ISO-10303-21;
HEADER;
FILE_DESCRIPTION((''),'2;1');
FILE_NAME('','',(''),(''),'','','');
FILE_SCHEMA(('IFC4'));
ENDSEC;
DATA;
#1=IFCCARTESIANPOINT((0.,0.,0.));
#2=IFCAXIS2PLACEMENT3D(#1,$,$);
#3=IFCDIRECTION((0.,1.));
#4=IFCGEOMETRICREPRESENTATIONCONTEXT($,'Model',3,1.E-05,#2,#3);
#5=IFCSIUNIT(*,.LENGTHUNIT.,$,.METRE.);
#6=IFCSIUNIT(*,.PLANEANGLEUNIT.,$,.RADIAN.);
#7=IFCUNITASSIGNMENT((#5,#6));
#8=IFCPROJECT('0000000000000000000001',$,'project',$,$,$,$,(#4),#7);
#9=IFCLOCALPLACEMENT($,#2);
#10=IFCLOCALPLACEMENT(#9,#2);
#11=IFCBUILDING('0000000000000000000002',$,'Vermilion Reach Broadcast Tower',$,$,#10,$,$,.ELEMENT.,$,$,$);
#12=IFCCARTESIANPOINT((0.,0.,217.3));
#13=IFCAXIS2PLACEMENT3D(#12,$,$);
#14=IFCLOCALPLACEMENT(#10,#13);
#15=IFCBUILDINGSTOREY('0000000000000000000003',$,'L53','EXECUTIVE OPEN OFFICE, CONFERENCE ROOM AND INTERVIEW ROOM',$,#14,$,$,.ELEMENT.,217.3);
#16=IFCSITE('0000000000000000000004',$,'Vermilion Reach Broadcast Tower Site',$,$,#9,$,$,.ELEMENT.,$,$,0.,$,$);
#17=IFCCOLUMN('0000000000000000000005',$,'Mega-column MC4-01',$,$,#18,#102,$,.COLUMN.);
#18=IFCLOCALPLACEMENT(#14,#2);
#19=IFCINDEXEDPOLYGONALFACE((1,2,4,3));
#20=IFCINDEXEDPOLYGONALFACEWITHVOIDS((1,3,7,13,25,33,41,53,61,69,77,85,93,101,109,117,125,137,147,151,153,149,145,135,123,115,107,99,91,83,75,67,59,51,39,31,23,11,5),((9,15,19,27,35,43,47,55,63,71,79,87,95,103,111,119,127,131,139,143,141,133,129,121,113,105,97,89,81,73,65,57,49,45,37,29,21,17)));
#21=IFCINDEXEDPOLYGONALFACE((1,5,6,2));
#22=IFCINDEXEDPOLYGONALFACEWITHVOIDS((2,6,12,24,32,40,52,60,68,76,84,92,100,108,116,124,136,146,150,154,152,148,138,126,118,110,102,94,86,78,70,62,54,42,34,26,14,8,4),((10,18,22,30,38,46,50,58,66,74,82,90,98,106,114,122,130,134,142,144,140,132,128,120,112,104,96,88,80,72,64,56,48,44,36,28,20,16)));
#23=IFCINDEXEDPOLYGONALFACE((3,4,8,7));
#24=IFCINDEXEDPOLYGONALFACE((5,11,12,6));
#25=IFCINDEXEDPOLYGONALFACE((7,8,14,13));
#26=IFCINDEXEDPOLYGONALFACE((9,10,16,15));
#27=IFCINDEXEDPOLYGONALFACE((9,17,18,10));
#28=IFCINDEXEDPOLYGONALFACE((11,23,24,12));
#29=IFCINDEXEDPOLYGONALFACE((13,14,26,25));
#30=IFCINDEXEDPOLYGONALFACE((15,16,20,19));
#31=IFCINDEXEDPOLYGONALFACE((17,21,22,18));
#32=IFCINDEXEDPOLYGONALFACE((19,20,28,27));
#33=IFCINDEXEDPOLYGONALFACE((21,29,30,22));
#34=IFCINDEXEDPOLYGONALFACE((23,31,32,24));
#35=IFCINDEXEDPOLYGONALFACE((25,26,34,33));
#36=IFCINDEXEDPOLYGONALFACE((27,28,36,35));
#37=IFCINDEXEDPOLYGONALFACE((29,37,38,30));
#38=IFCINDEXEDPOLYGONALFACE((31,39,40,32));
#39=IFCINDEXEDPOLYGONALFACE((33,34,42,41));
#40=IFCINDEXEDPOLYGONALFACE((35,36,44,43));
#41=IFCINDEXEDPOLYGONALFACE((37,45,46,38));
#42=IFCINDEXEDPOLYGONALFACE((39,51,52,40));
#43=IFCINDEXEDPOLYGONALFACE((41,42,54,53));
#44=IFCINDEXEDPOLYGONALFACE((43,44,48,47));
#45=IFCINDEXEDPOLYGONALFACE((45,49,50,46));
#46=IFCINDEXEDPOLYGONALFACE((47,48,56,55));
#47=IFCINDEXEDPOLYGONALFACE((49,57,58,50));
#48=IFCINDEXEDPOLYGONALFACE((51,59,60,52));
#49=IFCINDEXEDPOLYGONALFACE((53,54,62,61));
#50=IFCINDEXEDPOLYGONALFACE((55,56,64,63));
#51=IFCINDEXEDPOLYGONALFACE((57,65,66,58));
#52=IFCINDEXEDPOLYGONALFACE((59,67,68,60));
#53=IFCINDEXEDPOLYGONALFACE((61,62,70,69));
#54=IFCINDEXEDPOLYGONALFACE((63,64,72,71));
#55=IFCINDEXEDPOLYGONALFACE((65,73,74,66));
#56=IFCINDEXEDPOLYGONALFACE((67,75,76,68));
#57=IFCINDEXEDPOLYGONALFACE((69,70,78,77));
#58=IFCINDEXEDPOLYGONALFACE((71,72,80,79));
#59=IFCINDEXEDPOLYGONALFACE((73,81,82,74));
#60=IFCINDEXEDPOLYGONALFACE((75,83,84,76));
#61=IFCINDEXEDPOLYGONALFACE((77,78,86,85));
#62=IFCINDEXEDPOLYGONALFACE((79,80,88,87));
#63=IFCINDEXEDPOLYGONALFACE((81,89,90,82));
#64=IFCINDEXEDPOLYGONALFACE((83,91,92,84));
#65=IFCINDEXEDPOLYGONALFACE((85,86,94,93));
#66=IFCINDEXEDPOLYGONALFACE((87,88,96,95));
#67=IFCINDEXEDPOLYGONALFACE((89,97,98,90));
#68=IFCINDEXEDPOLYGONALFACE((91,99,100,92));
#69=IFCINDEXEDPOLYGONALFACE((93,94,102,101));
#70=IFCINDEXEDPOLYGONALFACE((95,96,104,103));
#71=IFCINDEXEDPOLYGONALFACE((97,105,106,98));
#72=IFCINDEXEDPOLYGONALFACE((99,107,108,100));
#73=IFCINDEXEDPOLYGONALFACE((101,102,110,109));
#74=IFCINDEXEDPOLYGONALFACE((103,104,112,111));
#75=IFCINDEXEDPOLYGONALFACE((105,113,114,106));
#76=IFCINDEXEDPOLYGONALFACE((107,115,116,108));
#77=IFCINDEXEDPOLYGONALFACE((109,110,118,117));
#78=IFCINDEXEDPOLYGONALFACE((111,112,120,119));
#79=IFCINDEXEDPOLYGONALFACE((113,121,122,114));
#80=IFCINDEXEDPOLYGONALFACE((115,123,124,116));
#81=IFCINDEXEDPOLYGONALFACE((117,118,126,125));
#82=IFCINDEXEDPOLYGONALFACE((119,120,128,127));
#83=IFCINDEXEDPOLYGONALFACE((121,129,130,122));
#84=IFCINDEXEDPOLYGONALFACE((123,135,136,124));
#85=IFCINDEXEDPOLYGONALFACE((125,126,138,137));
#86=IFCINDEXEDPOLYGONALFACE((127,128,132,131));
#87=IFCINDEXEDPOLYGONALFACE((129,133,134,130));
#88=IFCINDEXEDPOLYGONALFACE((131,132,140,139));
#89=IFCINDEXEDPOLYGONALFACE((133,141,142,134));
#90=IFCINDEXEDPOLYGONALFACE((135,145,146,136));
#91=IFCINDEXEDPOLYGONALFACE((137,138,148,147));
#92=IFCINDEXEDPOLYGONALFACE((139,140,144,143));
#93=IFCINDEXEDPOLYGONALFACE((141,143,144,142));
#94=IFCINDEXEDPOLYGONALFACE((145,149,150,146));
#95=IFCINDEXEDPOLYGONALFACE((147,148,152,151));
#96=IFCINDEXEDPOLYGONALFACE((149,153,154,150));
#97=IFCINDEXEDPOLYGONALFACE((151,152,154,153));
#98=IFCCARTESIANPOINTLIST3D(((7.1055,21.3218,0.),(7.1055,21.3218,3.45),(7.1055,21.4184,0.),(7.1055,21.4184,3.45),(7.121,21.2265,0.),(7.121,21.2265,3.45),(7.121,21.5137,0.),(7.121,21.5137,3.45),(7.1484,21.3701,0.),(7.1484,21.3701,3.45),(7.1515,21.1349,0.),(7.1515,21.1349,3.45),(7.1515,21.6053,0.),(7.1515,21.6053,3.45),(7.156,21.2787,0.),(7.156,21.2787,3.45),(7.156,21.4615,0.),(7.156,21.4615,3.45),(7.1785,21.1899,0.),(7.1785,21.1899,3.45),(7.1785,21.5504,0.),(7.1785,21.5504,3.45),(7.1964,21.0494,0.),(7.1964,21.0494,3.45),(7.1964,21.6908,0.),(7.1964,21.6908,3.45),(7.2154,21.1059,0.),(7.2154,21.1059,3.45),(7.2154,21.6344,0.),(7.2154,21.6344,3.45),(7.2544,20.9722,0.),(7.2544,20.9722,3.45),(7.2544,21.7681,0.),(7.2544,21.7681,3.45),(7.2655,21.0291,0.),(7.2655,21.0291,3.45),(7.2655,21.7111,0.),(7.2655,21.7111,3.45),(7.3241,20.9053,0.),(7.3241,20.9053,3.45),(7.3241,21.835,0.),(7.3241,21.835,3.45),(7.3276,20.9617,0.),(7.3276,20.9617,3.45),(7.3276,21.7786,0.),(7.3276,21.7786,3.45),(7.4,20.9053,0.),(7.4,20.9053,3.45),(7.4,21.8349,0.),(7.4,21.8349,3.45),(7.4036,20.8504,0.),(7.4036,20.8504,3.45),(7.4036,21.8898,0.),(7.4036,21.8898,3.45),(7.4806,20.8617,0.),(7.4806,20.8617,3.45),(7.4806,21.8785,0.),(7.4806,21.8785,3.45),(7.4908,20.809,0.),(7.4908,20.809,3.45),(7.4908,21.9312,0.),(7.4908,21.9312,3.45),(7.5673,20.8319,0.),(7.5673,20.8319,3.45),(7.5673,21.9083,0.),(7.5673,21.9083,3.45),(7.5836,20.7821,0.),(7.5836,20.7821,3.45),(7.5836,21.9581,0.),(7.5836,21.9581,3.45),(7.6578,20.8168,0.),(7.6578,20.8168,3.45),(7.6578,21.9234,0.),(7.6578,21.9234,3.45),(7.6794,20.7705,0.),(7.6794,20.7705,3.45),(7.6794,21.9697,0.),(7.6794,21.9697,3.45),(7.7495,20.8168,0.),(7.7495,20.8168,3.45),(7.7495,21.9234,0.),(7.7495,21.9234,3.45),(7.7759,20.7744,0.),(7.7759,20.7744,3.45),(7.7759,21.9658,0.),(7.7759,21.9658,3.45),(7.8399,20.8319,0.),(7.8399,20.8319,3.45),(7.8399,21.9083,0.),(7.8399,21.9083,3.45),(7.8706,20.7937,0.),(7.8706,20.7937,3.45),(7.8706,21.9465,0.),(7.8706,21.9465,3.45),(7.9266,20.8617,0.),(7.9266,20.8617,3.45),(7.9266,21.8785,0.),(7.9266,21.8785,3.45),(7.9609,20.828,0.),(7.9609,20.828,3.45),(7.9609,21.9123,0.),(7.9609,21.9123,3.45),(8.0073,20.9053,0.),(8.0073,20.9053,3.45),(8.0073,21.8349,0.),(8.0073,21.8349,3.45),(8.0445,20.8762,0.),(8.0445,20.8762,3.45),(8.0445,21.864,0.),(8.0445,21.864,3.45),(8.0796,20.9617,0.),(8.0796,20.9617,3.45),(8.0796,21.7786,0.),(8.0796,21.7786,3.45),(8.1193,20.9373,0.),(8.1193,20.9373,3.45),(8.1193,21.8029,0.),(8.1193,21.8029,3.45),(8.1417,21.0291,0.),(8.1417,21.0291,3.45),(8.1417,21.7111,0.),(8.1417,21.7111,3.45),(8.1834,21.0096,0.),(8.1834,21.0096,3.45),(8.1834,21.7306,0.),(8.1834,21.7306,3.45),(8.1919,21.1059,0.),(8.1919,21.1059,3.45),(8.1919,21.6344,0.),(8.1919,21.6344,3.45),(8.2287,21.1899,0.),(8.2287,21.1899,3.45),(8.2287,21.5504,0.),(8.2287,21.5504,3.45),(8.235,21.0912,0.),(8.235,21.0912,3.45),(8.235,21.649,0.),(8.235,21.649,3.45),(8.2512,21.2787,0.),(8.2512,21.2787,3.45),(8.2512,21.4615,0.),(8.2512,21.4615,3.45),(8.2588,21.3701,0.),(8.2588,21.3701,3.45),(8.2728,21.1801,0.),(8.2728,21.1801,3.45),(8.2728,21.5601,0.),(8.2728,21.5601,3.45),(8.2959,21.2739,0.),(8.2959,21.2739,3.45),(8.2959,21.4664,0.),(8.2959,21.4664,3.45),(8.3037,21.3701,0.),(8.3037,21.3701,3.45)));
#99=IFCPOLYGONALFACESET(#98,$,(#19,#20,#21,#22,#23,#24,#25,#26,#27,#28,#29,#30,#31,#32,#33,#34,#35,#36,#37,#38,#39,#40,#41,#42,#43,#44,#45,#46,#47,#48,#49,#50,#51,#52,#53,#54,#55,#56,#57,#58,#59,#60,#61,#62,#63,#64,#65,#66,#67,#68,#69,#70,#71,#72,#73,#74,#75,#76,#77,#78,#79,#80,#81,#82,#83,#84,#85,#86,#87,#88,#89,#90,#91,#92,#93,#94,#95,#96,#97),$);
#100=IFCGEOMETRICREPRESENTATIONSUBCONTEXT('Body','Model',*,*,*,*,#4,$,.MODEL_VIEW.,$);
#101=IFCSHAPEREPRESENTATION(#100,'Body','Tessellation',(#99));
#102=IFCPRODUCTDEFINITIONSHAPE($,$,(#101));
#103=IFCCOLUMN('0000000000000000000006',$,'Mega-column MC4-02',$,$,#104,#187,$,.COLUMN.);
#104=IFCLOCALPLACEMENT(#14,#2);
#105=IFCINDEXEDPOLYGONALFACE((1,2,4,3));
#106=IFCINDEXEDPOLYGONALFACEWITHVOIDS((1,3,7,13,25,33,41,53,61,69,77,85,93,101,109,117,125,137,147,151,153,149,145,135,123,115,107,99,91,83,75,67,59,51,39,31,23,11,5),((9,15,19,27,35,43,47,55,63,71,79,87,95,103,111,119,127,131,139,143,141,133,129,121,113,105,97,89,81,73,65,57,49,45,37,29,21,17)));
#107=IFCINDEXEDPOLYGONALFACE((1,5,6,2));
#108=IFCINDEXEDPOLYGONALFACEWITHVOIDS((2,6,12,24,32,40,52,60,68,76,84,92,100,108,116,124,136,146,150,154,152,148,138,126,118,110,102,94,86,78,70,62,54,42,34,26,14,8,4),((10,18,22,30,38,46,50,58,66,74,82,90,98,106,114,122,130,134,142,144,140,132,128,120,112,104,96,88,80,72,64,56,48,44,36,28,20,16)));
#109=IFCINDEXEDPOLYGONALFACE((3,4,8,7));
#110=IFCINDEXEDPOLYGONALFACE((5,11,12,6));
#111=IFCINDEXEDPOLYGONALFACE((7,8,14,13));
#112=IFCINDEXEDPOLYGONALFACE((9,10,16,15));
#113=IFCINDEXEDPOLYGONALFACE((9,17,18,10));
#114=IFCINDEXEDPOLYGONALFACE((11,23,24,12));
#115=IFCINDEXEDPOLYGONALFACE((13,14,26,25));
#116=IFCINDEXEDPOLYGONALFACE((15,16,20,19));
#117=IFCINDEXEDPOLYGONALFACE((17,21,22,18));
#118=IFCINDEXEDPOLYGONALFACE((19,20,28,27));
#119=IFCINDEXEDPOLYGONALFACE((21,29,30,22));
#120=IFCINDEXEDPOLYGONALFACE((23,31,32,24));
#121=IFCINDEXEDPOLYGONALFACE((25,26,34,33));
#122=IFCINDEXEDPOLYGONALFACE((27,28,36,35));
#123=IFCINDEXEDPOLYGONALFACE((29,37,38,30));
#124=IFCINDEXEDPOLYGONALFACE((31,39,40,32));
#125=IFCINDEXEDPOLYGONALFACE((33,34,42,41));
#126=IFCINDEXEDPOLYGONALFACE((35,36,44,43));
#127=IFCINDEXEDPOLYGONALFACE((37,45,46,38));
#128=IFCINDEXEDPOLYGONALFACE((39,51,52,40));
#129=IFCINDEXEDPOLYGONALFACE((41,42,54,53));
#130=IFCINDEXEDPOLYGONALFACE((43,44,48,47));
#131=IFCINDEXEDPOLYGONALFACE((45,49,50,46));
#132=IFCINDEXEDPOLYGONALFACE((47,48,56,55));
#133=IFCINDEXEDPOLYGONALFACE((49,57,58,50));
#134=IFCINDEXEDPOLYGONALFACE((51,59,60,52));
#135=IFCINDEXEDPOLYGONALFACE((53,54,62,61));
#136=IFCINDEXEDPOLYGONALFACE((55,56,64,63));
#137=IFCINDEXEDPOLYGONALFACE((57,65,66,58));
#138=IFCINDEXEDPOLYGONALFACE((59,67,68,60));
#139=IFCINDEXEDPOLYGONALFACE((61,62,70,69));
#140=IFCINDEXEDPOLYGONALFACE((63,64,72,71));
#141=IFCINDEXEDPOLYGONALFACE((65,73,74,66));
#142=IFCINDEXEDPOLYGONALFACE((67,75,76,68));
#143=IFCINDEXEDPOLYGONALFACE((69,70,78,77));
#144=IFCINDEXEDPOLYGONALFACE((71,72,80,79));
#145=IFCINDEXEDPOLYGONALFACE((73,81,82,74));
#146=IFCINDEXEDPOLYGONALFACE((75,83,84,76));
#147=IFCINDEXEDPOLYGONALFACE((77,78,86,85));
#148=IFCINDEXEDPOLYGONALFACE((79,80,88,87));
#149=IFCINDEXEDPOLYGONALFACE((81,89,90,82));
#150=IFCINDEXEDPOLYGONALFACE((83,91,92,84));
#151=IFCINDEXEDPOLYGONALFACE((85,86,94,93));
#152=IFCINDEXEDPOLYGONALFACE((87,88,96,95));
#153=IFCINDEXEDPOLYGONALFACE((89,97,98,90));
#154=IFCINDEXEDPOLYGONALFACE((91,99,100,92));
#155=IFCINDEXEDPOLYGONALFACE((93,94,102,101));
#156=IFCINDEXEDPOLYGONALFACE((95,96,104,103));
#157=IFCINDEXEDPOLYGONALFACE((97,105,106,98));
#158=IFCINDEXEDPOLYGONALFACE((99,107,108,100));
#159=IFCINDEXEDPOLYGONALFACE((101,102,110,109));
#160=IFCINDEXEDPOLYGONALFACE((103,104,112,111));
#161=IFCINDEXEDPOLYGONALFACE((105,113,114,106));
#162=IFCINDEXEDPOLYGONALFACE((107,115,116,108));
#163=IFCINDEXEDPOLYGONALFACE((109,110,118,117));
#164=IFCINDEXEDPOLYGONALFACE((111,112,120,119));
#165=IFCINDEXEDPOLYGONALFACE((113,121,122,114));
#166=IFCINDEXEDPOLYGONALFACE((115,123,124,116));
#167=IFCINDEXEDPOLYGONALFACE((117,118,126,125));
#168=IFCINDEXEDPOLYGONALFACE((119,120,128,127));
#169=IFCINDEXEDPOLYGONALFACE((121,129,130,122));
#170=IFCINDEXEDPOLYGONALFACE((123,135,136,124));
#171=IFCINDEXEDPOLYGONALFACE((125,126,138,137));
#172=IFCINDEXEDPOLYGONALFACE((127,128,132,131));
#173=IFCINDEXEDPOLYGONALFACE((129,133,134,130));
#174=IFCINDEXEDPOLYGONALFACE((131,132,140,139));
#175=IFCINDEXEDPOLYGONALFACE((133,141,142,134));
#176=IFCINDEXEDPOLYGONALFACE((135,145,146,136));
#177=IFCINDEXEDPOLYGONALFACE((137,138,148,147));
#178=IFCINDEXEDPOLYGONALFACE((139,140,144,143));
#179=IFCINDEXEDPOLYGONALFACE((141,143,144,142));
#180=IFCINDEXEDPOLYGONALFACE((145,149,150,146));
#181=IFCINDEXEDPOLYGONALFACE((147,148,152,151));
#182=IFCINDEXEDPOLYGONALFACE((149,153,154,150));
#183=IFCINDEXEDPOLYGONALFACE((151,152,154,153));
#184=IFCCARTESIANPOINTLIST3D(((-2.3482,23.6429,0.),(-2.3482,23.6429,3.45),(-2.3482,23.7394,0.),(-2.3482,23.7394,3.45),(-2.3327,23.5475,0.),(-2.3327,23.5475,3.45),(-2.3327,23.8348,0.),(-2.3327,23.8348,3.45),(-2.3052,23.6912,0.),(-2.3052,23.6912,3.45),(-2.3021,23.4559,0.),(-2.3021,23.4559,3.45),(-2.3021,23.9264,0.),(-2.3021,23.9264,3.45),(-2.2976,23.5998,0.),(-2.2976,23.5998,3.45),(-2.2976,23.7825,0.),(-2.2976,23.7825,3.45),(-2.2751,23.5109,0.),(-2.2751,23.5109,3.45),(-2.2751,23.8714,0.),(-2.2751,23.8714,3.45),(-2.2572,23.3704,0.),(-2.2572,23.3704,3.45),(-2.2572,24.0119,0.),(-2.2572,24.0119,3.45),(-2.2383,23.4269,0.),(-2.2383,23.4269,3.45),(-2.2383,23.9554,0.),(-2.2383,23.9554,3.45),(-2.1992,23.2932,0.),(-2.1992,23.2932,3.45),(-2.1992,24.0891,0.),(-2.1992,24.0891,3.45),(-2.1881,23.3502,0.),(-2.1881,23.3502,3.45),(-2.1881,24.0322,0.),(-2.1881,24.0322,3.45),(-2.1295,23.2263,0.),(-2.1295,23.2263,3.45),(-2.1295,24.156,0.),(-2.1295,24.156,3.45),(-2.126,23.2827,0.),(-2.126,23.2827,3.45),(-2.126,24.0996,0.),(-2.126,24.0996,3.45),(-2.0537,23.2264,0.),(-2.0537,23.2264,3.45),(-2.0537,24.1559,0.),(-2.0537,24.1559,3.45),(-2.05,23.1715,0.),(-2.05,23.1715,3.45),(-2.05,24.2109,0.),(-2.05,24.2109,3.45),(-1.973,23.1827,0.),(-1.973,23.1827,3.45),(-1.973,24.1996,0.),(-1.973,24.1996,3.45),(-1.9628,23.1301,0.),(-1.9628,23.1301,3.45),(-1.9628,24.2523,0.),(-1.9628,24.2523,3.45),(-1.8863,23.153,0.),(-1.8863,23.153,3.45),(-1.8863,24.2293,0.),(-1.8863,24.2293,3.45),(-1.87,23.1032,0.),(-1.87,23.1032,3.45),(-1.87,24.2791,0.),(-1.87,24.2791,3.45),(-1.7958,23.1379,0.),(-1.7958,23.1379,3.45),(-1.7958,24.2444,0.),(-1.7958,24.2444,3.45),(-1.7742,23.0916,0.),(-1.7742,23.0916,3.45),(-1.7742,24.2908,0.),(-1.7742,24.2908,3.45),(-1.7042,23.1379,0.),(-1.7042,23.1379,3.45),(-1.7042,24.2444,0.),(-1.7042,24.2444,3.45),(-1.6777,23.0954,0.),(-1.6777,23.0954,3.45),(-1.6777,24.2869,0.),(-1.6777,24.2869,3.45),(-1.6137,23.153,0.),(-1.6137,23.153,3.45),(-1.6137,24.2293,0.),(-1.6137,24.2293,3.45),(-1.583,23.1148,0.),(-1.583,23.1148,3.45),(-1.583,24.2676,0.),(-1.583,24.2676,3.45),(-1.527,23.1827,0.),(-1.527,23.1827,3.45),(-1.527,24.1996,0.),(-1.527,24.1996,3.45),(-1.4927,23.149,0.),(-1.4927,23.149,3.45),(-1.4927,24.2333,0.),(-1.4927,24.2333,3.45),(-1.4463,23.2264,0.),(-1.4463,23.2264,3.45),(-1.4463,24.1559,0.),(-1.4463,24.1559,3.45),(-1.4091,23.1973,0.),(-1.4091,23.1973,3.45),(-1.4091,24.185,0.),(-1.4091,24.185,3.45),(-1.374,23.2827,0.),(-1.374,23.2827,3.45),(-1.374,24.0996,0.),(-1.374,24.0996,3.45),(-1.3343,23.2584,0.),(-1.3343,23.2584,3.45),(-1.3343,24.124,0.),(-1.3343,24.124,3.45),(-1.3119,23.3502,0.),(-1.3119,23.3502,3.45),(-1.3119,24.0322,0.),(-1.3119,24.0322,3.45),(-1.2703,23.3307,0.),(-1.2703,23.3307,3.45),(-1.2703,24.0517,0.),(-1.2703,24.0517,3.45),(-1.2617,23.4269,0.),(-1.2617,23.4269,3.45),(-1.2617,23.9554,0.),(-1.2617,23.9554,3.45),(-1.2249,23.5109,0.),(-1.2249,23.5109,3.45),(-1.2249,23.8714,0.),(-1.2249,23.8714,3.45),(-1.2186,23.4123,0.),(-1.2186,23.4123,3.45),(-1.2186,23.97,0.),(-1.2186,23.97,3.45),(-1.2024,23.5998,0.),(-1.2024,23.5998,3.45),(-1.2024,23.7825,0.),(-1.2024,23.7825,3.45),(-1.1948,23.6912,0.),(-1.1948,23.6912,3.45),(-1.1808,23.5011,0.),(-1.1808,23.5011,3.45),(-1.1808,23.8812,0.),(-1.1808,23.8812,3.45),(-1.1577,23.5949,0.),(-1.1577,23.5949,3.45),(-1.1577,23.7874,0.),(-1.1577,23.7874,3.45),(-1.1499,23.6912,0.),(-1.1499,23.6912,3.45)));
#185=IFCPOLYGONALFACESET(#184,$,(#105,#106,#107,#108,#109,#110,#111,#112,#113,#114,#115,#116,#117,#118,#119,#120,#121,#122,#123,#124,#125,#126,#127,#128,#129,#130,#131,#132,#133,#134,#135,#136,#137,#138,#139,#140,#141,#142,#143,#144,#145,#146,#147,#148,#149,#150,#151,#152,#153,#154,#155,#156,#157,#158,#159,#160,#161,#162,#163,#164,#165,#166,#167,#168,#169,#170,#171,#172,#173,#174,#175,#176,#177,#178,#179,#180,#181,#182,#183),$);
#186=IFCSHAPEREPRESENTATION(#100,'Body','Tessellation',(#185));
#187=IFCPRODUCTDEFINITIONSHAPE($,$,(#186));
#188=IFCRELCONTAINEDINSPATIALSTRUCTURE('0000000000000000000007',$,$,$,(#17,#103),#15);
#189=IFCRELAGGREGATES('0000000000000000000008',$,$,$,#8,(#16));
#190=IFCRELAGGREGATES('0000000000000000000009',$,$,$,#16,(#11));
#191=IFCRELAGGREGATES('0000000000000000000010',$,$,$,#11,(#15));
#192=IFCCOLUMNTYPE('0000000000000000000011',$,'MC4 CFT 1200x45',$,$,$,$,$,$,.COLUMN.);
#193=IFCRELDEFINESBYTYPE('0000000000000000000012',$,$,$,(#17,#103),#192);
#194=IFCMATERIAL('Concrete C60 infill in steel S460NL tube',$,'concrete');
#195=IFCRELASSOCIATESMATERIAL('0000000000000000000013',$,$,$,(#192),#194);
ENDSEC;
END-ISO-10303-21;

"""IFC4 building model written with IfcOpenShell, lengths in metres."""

from ifc_helpers import new_model, si_unit, direction, frame, origin, origin_2d, place, context, subcontext, project, spatial, hollow_circle, extrude, material, material_profile, profile_set, type_object, element, save


model = new_model("IFC4")

# Units and contexts
model_context = context("Model", 3, precision=1e-05, world=origin(), true_north=direction((0.0, 1.0)))
body_context = subcontext(model_context, "Body", "Model", "MODEL_VIEW")
ifc_project = project(units=[si_unit("LENGTHUNIT", "METRE"), si_unit("PLANEANGLEUNIT", "RADIAN")], contexts=[model_context])

# Site, building, storey
site_placement = place(None, origin())
site = spatial("IfcSite", under=ifc_project, at=site_placement, Name="Vermilion Reach Broadcast Tower Site", CompositionType="ELEMENT", RefElevation=0.0)
building_placement = place(site_placement, origin())
building = spatial("IfcBuilding", under=site, at=building_placement, Name="Vermilion Reach Broadcast Tower", CompositionType="ELEMENT")
storey_placement = place(building_placement, frame((0.0, 0.0, 217.3)))
storey = spatial("IfcBuildingStorey", under=building, at=storey_placement, Name="L53", Description="EXECUTIVE OPEN OFFICE, CONFERENCE ROOM AND INTERVIEW ROOM", CompositionType="ELEMENT", Elevation=217.3)

# Columns
ifc_material_1 = material(Name="Concrete C60 infill in steel S460NL tube", Category="concrete")
ifc_material_profile_1 = material_profile(ifc_material_1, hollow_circle(Radius=0.6001, WallThickness=0.0449, at=origin_2d()), Name="Concrete C60 infill in steel S460NL tube CFT 1200x45")
ifc_profile_set_1 = profile_set([ifc_material_profile_1], Name="Concrete C60 infill in steel S460NL tube")
column_type = type_object("IfcColumnType", Name="MC4 CFT 1200x45", PredefinedType="COLUMN", material=ifc_profile_set_1)
for number, where, z_axis, x_axis, name in (
    (1, (7.7036, 21.3701, 0.0), (0.0, 0.0, 1.0), (1.0, 0.0, 0.0), "Mega-column MC4-01"),
    (2, (-1.75, 23.6912, 0.0), (0.0, 0.0, 1.0), (1.0, 0.0, 0.0), "Mega-column MC4-02"),
):
    element("IfcColumn", number, at=place(storey_placement, frame(where, z_axis=z_axis, x_axis=x_axis)), inside=storey, type_object=column_type, Name=name, PredefinedType="COLUMN", context=body_context, shape_type="SweptSolid", body=[
        extrude(hollow_circle(Radius=0.6001, WallThickness=0.0449, at=origin_2d()), origin(), (0.0, 0.0, 1.0), 3.45),
    ])

save(model, "model.ifc")
